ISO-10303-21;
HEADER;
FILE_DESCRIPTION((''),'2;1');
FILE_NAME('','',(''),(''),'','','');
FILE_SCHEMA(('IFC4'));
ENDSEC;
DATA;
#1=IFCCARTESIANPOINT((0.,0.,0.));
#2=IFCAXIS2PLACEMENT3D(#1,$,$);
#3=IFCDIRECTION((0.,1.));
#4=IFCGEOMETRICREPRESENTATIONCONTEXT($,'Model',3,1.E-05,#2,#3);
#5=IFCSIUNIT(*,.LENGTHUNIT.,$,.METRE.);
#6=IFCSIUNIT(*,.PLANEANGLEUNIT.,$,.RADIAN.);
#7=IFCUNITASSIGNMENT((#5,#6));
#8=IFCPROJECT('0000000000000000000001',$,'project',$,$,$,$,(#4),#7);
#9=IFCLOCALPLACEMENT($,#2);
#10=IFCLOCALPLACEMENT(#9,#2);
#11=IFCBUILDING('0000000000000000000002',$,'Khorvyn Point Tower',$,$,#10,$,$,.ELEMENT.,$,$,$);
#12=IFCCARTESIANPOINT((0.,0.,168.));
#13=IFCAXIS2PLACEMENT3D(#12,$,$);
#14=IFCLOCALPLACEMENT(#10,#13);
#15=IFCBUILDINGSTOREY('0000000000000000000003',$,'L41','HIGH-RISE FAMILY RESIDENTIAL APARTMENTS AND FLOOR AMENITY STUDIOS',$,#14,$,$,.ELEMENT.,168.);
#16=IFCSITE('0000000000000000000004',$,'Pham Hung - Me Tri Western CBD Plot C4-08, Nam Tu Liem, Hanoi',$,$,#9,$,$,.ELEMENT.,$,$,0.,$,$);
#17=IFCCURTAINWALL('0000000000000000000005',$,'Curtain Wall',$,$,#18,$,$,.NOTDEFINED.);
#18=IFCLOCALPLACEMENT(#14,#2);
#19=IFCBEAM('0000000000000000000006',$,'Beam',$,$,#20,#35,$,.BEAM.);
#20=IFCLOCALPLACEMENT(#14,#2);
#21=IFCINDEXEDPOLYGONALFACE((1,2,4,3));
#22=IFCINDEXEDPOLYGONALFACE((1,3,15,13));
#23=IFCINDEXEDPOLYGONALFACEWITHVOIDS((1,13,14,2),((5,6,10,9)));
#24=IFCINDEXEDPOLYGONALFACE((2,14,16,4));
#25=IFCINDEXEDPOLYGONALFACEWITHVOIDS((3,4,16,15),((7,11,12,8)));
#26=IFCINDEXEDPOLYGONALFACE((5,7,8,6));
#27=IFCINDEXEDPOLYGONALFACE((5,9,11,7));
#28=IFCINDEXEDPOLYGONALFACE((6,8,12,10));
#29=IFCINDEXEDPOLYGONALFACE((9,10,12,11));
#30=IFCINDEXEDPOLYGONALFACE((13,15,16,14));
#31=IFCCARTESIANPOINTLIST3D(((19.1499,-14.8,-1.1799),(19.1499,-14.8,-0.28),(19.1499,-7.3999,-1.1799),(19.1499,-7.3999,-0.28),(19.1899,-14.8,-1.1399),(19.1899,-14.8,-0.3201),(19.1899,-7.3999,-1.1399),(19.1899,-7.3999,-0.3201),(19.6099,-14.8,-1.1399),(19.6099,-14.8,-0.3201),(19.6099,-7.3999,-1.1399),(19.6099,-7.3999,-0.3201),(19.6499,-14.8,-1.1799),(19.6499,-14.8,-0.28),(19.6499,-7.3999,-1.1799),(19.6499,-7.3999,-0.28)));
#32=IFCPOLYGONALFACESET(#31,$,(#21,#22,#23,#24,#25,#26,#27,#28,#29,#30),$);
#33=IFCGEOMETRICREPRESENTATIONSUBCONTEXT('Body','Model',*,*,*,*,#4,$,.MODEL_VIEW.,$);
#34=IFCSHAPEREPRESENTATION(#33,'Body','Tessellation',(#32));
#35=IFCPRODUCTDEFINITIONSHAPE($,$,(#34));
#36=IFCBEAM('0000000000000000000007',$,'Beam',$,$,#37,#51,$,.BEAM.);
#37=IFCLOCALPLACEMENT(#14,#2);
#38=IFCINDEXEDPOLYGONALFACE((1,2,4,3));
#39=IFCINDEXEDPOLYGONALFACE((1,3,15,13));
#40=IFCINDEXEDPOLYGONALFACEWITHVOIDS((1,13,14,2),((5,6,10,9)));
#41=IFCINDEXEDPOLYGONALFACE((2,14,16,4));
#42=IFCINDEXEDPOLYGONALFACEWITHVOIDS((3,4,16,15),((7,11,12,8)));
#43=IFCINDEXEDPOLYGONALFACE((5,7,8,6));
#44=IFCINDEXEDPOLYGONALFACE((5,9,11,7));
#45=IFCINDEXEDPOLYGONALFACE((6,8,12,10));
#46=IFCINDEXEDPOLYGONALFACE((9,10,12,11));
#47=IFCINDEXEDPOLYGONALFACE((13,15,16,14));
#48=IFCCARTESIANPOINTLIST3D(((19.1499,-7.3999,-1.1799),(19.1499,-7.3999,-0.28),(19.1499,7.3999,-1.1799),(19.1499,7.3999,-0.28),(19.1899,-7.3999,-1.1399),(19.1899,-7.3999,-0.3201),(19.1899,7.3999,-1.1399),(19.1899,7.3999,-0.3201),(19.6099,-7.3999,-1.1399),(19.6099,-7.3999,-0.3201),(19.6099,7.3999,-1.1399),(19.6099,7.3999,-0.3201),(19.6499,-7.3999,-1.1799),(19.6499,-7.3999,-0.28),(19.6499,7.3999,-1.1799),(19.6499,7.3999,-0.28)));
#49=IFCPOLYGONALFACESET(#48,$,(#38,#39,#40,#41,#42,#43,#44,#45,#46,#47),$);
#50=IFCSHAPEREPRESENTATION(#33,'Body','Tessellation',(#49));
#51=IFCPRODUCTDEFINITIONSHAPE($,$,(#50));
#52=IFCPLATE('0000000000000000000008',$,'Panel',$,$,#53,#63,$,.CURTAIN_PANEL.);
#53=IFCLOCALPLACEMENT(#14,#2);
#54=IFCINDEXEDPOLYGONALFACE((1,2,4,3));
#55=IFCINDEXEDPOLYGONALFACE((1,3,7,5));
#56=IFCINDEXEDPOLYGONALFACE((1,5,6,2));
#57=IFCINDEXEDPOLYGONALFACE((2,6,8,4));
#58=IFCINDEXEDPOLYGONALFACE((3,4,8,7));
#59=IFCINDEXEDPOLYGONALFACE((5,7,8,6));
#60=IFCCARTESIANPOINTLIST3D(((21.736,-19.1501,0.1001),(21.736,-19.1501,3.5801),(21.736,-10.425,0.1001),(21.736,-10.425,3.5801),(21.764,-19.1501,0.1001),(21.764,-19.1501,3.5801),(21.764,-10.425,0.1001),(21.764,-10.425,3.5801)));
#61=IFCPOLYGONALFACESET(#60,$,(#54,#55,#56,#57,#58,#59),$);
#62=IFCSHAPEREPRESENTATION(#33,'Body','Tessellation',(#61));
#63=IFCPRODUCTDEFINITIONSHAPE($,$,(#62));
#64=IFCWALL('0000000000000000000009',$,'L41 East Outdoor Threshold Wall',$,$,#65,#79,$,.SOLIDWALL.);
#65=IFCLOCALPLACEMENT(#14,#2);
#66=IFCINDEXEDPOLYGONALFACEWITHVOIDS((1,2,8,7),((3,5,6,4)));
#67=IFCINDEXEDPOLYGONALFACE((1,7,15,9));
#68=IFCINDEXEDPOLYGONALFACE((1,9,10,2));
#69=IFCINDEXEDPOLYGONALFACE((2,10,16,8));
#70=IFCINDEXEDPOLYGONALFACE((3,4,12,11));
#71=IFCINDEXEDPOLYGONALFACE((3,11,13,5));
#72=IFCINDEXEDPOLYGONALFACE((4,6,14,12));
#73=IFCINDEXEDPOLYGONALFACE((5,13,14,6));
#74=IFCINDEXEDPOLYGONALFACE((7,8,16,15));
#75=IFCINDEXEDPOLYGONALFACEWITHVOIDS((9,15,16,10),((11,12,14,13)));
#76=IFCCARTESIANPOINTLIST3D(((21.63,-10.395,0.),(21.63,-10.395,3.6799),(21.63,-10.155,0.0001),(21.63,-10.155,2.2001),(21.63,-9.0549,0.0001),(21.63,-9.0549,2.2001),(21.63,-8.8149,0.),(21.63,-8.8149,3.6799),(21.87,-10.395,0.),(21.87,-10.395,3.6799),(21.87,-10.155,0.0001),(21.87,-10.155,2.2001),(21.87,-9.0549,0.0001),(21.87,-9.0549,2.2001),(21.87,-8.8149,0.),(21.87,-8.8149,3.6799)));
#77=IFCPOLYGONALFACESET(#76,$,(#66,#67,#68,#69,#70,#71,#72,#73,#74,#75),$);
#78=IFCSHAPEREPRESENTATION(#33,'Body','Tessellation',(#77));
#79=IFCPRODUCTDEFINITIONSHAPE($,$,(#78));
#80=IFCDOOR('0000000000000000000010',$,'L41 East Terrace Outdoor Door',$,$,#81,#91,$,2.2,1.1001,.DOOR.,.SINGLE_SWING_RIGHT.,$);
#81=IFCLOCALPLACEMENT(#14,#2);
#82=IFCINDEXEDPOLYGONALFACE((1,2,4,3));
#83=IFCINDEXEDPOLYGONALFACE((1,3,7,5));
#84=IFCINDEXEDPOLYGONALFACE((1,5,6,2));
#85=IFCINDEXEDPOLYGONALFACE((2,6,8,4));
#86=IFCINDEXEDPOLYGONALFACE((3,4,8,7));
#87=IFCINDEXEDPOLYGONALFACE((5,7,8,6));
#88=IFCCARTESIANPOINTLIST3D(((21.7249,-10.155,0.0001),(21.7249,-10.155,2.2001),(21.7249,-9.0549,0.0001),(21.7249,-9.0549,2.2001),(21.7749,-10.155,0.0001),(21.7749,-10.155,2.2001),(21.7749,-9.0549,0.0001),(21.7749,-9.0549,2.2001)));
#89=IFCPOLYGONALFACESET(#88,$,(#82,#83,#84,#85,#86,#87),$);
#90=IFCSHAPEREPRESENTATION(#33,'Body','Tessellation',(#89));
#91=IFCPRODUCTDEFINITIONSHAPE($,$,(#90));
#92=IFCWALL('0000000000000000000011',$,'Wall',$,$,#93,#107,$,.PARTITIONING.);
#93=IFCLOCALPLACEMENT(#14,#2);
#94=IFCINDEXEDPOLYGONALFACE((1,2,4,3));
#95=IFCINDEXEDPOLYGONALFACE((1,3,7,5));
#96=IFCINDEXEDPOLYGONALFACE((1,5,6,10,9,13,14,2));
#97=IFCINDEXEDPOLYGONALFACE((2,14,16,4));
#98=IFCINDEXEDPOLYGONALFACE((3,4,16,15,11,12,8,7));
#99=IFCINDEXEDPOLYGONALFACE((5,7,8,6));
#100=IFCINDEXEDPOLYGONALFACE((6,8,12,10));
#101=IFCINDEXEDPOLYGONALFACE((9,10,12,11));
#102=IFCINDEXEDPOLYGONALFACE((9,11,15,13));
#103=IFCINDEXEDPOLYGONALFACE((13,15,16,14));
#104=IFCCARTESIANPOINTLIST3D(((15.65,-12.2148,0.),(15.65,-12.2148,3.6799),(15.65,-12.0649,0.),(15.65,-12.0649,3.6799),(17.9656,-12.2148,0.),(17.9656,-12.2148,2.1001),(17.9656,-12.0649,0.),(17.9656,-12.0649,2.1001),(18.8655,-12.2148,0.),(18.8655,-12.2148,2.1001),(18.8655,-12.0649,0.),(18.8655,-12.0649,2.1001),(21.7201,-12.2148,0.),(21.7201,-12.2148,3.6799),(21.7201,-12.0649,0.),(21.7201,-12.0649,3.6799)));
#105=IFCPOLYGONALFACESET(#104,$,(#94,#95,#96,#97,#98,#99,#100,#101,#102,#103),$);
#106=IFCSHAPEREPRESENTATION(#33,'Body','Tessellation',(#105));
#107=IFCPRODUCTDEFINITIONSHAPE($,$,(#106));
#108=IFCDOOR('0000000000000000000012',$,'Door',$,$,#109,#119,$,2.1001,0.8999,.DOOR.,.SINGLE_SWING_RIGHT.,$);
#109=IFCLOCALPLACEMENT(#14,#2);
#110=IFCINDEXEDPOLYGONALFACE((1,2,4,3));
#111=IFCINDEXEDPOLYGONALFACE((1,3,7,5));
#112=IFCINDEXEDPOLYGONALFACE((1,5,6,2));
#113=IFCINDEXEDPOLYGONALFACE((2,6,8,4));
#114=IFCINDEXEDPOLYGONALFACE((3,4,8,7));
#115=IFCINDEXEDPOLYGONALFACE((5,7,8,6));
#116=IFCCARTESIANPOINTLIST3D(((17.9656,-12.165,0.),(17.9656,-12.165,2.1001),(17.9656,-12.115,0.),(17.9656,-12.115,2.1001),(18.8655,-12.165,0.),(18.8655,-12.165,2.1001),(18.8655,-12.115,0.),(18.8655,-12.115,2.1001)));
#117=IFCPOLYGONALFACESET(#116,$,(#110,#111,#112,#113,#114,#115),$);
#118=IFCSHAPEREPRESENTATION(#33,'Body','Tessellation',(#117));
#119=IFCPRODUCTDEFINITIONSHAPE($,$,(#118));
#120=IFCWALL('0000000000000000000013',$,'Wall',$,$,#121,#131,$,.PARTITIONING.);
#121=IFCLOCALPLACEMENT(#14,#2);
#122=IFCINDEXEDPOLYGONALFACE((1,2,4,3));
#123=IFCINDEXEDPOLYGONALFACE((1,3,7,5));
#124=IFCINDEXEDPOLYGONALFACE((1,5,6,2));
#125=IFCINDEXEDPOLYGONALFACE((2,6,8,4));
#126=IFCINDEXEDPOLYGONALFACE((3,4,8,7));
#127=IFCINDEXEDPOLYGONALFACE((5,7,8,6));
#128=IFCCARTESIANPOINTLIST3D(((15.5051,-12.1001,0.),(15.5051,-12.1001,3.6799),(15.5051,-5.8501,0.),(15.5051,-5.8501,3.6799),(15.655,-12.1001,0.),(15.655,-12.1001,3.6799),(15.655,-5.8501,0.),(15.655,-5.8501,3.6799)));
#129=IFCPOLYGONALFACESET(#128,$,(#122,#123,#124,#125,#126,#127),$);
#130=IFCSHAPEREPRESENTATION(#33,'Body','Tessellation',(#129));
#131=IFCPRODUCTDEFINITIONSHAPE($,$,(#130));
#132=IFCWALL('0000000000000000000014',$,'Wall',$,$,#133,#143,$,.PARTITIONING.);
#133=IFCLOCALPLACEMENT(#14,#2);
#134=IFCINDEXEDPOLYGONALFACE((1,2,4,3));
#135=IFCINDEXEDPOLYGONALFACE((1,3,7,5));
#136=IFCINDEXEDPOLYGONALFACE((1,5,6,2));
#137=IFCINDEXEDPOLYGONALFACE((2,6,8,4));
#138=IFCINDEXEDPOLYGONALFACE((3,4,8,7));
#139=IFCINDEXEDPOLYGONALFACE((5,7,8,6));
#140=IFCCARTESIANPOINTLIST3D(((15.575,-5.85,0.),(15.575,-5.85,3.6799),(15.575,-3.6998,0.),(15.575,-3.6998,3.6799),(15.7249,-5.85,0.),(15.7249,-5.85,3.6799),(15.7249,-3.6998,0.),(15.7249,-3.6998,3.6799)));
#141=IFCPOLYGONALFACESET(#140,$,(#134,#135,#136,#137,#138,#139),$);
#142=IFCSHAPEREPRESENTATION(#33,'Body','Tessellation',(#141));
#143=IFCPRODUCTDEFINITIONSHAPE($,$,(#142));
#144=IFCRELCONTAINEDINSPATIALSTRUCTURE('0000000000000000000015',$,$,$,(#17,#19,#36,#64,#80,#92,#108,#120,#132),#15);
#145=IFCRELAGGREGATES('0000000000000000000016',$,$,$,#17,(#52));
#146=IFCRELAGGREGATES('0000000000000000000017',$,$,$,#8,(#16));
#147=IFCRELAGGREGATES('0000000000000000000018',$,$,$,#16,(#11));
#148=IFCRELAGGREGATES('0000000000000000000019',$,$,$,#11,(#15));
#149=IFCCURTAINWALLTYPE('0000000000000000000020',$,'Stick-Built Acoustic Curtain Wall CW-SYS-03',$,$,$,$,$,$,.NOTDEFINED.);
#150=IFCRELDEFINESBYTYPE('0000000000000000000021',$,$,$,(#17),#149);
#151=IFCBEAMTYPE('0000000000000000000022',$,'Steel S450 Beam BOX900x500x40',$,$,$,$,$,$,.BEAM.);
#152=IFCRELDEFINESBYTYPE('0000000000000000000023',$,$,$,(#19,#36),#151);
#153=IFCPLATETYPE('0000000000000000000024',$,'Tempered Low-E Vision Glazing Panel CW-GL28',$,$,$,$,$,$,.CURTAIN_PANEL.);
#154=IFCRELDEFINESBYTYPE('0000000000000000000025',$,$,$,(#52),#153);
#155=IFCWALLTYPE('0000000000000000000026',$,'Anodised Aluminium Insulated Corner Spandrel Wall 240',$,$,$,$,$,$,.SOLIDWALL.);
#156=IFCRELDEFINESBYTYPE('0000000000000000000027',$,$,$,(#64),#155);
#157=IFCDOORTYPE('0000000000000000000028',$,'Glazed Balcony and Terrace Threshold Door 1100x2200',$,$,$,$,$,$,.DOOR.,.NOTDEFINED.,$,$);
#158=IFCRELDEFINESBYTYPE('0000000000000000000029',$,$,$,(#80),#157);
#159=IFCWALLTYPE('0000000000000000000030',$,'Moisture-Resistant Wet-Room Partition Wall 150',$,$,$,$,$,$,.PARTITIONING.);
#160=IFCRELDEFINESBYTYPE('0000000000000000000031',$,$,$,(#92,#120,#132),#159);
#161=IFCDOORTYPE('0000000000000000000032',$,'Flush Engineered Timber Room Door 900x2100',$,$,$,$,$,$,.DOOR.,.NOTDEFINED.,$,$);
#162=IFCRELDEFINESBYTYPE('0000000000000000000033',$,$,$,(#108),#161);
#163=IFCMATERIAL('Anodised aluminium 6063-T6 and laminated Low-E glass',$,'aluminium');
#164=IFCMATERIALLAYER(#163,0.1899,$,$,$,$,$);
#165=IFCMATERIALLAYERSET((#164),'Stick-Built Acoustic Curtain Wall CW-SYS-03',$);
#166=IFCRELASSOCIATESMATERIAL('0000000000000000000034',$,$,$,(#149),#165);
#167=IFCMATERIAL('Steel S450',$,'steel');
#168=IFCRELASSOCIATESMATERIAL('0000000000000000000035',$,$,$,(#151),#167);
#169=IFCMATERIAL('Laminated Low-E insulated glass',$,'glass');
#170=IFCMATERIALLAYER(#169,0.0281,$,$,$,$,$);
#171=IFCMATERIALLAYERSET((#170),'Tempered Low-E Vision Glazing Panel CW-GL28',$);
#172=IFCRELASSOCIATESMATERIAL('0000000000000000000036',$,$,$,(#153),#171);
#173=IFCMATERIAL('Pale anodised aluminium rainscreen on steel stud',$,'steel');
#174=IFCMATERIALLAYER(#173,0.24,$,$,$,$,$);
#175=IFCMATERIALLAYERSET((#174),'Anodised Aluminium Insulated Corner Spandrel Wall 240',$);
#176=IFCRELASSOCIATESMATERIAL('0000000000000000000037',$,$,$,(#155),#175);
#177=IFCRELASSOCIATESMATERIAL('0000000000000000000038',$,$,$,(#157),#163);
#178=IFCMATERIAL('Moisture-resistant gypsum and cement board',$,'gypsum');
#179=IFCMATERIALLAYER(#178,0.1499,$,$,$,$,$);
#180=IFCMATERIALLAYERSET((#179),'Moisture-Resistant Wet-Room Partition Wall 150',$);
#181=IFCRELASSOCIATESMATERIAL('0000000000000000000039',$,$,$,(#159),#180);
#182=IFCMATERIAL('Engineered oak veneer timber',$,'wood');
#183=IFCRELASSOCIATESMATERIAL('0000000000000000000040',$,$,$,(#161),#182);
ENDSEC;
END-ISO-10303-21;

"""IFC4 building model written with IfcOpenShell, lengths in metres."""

from ifc_helpers import new_model, si_unit, direction, frame, frame_2d, origin, origin_2d, place, context, subcontext, project, spatial, rectangle, hollow_rectangle, extrude, material, layer, layer_set, material_profile, profile_set, type_object, element, fill, aggregate, save


model = new_model("IFC4")

# Units and contexts
model_context = context("Model", 3, precision=1e-05, world=origin(), true_north=direction((0.0, 1.0)))
body_context = subcontext(model_context, "Body", "Model", "MODEL_VIEW")
ifc_project = project(units=[si_unit("LENGTHUNIT", "METRE"), si_unit("PLANEANGLEUNIT", "RADIAN")], contexts=[model_context])

# Site, building, storey
site_placement = place(None, origin())
site = spatial("IfcSite", under=ifc_project, at=site_placement, Name="Pham Hung - Me Tri Western CBD Plot C4-08, Nam Tu Liem, Hanoi", CompositionType="ELEMENT", RefElevation=0.0)
building_placement = place(site_placement, origin())
building = spatial("IfcBuilding", under=site, at=building_placement, Name="Khorvyn Point Tower", CompositionType="ELEMENT")
storey_placement = place(building_placement, frame((0.0, 0.0, 168.0)))
storey = spatial("IfcBuildingStorey", under=building, at=storey_placement, Name="L41", Description="HIGH-RISE FAMILY RESIDENTIAL APARTMENTS AND FLOOR AMENITY STUDIOS", CompositionType="ELEMENT", Elevation=168.0)

# Shared definitions
ifc_material_1 = material(Name="Steel S450", Category="steel")

# Shared definitions
ifc_material_2 = material(Name="Anodised aluminium 6063-T6 and laminated Low-E glass", Category="aluminium")
ifc_layer_1 = layer(ifc_material_2, 0.1899)
ifc_layer_set_1 = layer_set([ifc_layer_1], Name="Stick-Built Acoustic Curtain Wall CW-SYS-03")
curtain_wall_type = type_object("IfcCurtainWallType", Name="Stick-Built Acoustic Curtain Wall CW-SYS-03", PredefinedType="NOTDEFINED", material=ifc_layer_set_1)

# Curtain wall
curtain_wall_1_placement = place(storey_placement, origin())
curtain_wall_1 = element("IfcCurtainWall", 1, at=curtain_wall_1_placement, inside=storey, type_object=curtain_wall_type, Name="Curtain Wall", PredefinedType="NOTDEFINED")

# Beams
ifc_material_profile_1 = material_profile(ifc_material_1, hollow_rectangle(XDim=0.5, YDim=0.8999, WallThickness=0.04, at=origin_2d()))
ifc_profile_set_1 = profile_set([ifc_material_profile_1], Name="Steel S450 BOX900x500x40")
beam_type_1 = type_object("IfcBeamType", Name="Steel S450 Beam BOX900x500x40", PredefinedType="BEAM", material=ifc_profile_set_1)
beam_1_placement = place(storey_placement, frame((19.3999, -14.8, -0.73), z_axis=(0.0, 1.0, 0.0), x_axis=(-1.0, 0.0, 0.0)))
element("IfcBeam", 2, at=beam_1_placement, inside=storey, type_object=beam_type_1, Name="Beam", PredefinedType="BEAM", context=body_context, shape_type="SweptSolid", body=[
    extrude(hollow_rectangle(XDim=0.5, YDim=0.8999, WallThickness=0.04, at=origin_2d()), origin(), (0.0, 0.0, 1.0), 7.4001),
])
beam_2_placement = place(storey_placement, frame((19.3999, -7.3999, -0.73), z_axis=(0.0, 1.0, 0.0), x_axis=(-1.0, 0.0, 0.0)))
element("IfcBeam", 3, at=beam_2_placement, inside=storey, type_object=beam_type_1, Name="Beam", PredefinedType="BEAM", context=body_context, shape_type="SweptSolid", body=[
    extrude(hollow_rectangle(XDim=0.5, YDim=0.8999, WallThickness=0.04, at=origin_2d()), origin(), (0.0, 0.0, 1.0), 14.7998),
])

# Plate
ifc_material_3 = material(Name="Laminated Low-E insulated glass", Category="glass")
ifc_layer_2 = layer(ifc_material_3, 0.0281)
ifc_layer_set_2 = layer_set([ifc_layer_2], Name="Tempered Low-E Vision Glazing Panel CW-GL28")
plate_type = type_object("IfcPlateType", Name="Tempered Low-E Vision Glazing Panel CW-GL28", PredefinedType="CURTAIN_PANEL", material=ifc_layer_set_2)
plate_placement = place(storey_placement, frame((21.75, -14.7876, 0.1001), z_axis=(0.0, 0.0, 1.0), x_axis=(0.0, -1.0, 0.0)))
plate = element("IfcPlate", 4, at=plate_placement, type_object=plate_type, Name="Panel", PredefinedType="CURTAIN_PANEL", context=body_context, shape_type="SweptSolid", body=[
    extrude(rectangle(XDim=8.7251, YDim=0.0281, at=origin_2d()), origin(), (0.0, 0.0, 1.0), 3.48),
])
aggregate(curtain_wall_1, [plate])

# Walls, openings, doors
ifc_material_4 = material(Name="Pale anodised aluminium rainscreen on steel stud", Category="steel")
ifc_layer_3 = layer(ifc_material_4, 0.24)
ifc_layer_set_3 = layer_set([ifc_layer_3], Name="Anodised Aluminium Insulated Corner Spandrel Wall 240")
wall_type_1 = type_object("IfcWallType", Name="Anodised Aluminium Insulated Corner Spandrel Wall 240", PredefinedType="SOLIDWALL", material=ifc_layer_set_3)
wall_1_placement = place(storey_placement, frame((21.75, -8.8149, 0.0), z_axis=(0.0, 0.0, 1.0), x_axis=(0.0, -1.0, 0.0)))
wall_1 = element("IfcWall", 5, at=wall_1_placement, inside=storey, type_object=wall_type_1, Name="L41 East Outdoor Threshold Wall", PredefinedType="SOLIDWALL", context=body_context, shape_type="SweptSolid", body=[
    extrude(rectangle(XDim=1.5801, YDim=0.24, at=frame_2d((0.79, 0.0))), origin(), (0.0, 0.0, 1.0), 3.6799),
])
opening_1_placement = place(wall_1_placement, frame((0.24, 0.0, 0.0)))
opening_1 = element("IfcOpeningElement", 6, at=opening_1_placement, cuts=wall_1, PredefinedType="OPENING", context=body_context, shape_type="SweptSolid", body=[
    extrude(rectangle(XDim=1.1001, YDim=2.2, at=frame_2d((0.55, 1.1001))), frame((0.0, 0.1299, 0.0), z_axis=(0.0, -1.0, 0.0), x_axis=(1.0, 0.0, 0.0)), (0.0, 0.0, 1.0), 0.26),
])
door_type_1 = type_object("IfcDoorType", Name="Glazed Balcony and Terrace Threshold Door 1100x2200", OperationType="NOTDEFINED", PredefinedType="DOOR", material=ifc_material_2)
door_1_placement = place(opening_1_placement, origin())
door_1 = element("IfcDoor", 7, at=door_1_placement, inside=storey, type_object=door_type_1, Name="L41 East Terrace Outdoor Door", OperationType="SINGLE_SWING_RIGHT", OverallHeight=2.2, OverallWidth=1.1001, PredefinedType="DOOR", context=body_context, shape_type="SweptSolid", body=[
    extrude(rectangle(XDim=1.1001, YDim=2.2, at=frame_2d((0.55, 1.1001))), frame((0.0, 0.0249, 0.0), z_axis=(0.0, -1.0, 0.0), x_axis=(1.0, 0.0, 0.0)), (0.0, 0.0, 1.0), 0.05),
])
fill(opening_1, door_1)
ifc_material_5 = material(Name="Moisture-resistant gypsum and cement board", Category="gypsum")
ifc_layer_4 = layer(ifc_material_5, 0.1499)
ifc_layer_set_4 = layer_set([ifc_layer_4], Name="Moisture-Resistant Wet-Room Partition Wall 150")
wall_type_2 = type_object("IfcWallType", Name="Moisture-Resistant Wet-Room Partition Wall 150", PredefinedType="PARTITIONING", material=ifc_layer_set_4)
wall_2_placement = place(storey_placement, frame((15.6499, -12.1399, 0.0), z_axis=(0.0, 0.0, 1.0), x_axis=(1.0, 0.0, 0.0)))
wall_2 = element("IfcWall", 8, at=wall_2_placement, inside=storey, type_object=wall_type_2, Name="Wall", PredefinedType="PARTITIONING", context=body_context, shape_type="SweptSolid", body=[
    extrude(rectangle(XDim=6.0701, YDim=0.1499, at=frame_2d((3.0352, 0.0))), origin(), (0.0, 0.0, 1.0), 3.6799),
])
opening_2_placement = place(wall_2_placement, frame((2.3157, 0.0, 0.0)))
opening_2 = element("IfcOpeningElement", 9, at=opening_2_placement, cuts=wall_2, PredefinedType="OPENING", context=body_context, shape_type="SweptSolid", body=[
    extrude(rectangle(XDim=0.8999, YDim=2.1001, at=frame_2d((0.45, 1.05))), frame((0.0, 0.085, 0.0), z_axis=(0.0, -1.0, 0.0), x_axis=(1.0, 0.0, 0.0)), (0.0, 0.0, 1.0), 0.1699),
])
ifc_material_6 = material(Name="Engineered oak veneer timber", Category="wood")
door_type_2 = type_object("IfcDoorType", Name="Flush Engineered Timber Room Door 900x2100", OperationType="NOTDEFINED", PredefinedType="DOOR", material=ifc_material_6)
door_2_placement = place(opening_2_placement, origin())
door_2 = element("IfcDoor", 10, at=door_2_placement, inside=storey, type_object=door_type_2, Name="Door", OperationType="SINGLE_SWING_RIGHT", OverallHeight=2.1001, OverallWidth=0.8999, PredefinedType="DOOR", context=body_context, shape_type="SweptSolid", body=[
    extrude(rectangle(XDim=0.8999, YDim=2.1001, at=frame_2d((0.45, 1.05))), frame((0.0, 0.0249, 0.0), z_axis=(0.0, -1.0, 0.0), x_axis=(1.0, 0.0, 0.0)), (0.0, 0.0, 1.0), 0.05),
])
fill(opening_2, door_2)

# Walls
wall_3_placement = place(storey_placement, frame((15.5801, -12.1001, 0.0), z_axis=(0.0, 0.0, 1.0), x_axis=(0.0, 1.0, 0.0)))
element("IfcWall", 11, at=wall_3_placement, inside=storey, type_object=wall_type_2, Name="Wall", PredefinedType="PARTITIONING", context=body_context, shape_type="SweptSolid", body=[
    extrude(rectangle(XDim=6.25, YDim=0.1499, at=frame_2d((3.125, 0.0))), origin(), (0.0, 0.0, 1.0), 3.6799),
])
wall_4_placement = place(storey_placement, frame((15.6499, -5.8501, 0.0), z_axis=(0.0, 0.0, 1.0), x_axis=(0.0, 1.0, 0.0)))
element("IfcWall", 12, at=wall_4_placement, inside=storey, type_object=wall_type_2, Name="Wall", PredefinedType="PARTITIONING", context=body_context, shape_type="SweptSolid", body=[
    extrude(rectangle(XDim=2.1501, YDim=0.1499, at=frame_2d((1.0752, 0.0))), origin(), (0.0, 0.0, 1.0), 3.6799),
])

save(model, "model.ifc")
